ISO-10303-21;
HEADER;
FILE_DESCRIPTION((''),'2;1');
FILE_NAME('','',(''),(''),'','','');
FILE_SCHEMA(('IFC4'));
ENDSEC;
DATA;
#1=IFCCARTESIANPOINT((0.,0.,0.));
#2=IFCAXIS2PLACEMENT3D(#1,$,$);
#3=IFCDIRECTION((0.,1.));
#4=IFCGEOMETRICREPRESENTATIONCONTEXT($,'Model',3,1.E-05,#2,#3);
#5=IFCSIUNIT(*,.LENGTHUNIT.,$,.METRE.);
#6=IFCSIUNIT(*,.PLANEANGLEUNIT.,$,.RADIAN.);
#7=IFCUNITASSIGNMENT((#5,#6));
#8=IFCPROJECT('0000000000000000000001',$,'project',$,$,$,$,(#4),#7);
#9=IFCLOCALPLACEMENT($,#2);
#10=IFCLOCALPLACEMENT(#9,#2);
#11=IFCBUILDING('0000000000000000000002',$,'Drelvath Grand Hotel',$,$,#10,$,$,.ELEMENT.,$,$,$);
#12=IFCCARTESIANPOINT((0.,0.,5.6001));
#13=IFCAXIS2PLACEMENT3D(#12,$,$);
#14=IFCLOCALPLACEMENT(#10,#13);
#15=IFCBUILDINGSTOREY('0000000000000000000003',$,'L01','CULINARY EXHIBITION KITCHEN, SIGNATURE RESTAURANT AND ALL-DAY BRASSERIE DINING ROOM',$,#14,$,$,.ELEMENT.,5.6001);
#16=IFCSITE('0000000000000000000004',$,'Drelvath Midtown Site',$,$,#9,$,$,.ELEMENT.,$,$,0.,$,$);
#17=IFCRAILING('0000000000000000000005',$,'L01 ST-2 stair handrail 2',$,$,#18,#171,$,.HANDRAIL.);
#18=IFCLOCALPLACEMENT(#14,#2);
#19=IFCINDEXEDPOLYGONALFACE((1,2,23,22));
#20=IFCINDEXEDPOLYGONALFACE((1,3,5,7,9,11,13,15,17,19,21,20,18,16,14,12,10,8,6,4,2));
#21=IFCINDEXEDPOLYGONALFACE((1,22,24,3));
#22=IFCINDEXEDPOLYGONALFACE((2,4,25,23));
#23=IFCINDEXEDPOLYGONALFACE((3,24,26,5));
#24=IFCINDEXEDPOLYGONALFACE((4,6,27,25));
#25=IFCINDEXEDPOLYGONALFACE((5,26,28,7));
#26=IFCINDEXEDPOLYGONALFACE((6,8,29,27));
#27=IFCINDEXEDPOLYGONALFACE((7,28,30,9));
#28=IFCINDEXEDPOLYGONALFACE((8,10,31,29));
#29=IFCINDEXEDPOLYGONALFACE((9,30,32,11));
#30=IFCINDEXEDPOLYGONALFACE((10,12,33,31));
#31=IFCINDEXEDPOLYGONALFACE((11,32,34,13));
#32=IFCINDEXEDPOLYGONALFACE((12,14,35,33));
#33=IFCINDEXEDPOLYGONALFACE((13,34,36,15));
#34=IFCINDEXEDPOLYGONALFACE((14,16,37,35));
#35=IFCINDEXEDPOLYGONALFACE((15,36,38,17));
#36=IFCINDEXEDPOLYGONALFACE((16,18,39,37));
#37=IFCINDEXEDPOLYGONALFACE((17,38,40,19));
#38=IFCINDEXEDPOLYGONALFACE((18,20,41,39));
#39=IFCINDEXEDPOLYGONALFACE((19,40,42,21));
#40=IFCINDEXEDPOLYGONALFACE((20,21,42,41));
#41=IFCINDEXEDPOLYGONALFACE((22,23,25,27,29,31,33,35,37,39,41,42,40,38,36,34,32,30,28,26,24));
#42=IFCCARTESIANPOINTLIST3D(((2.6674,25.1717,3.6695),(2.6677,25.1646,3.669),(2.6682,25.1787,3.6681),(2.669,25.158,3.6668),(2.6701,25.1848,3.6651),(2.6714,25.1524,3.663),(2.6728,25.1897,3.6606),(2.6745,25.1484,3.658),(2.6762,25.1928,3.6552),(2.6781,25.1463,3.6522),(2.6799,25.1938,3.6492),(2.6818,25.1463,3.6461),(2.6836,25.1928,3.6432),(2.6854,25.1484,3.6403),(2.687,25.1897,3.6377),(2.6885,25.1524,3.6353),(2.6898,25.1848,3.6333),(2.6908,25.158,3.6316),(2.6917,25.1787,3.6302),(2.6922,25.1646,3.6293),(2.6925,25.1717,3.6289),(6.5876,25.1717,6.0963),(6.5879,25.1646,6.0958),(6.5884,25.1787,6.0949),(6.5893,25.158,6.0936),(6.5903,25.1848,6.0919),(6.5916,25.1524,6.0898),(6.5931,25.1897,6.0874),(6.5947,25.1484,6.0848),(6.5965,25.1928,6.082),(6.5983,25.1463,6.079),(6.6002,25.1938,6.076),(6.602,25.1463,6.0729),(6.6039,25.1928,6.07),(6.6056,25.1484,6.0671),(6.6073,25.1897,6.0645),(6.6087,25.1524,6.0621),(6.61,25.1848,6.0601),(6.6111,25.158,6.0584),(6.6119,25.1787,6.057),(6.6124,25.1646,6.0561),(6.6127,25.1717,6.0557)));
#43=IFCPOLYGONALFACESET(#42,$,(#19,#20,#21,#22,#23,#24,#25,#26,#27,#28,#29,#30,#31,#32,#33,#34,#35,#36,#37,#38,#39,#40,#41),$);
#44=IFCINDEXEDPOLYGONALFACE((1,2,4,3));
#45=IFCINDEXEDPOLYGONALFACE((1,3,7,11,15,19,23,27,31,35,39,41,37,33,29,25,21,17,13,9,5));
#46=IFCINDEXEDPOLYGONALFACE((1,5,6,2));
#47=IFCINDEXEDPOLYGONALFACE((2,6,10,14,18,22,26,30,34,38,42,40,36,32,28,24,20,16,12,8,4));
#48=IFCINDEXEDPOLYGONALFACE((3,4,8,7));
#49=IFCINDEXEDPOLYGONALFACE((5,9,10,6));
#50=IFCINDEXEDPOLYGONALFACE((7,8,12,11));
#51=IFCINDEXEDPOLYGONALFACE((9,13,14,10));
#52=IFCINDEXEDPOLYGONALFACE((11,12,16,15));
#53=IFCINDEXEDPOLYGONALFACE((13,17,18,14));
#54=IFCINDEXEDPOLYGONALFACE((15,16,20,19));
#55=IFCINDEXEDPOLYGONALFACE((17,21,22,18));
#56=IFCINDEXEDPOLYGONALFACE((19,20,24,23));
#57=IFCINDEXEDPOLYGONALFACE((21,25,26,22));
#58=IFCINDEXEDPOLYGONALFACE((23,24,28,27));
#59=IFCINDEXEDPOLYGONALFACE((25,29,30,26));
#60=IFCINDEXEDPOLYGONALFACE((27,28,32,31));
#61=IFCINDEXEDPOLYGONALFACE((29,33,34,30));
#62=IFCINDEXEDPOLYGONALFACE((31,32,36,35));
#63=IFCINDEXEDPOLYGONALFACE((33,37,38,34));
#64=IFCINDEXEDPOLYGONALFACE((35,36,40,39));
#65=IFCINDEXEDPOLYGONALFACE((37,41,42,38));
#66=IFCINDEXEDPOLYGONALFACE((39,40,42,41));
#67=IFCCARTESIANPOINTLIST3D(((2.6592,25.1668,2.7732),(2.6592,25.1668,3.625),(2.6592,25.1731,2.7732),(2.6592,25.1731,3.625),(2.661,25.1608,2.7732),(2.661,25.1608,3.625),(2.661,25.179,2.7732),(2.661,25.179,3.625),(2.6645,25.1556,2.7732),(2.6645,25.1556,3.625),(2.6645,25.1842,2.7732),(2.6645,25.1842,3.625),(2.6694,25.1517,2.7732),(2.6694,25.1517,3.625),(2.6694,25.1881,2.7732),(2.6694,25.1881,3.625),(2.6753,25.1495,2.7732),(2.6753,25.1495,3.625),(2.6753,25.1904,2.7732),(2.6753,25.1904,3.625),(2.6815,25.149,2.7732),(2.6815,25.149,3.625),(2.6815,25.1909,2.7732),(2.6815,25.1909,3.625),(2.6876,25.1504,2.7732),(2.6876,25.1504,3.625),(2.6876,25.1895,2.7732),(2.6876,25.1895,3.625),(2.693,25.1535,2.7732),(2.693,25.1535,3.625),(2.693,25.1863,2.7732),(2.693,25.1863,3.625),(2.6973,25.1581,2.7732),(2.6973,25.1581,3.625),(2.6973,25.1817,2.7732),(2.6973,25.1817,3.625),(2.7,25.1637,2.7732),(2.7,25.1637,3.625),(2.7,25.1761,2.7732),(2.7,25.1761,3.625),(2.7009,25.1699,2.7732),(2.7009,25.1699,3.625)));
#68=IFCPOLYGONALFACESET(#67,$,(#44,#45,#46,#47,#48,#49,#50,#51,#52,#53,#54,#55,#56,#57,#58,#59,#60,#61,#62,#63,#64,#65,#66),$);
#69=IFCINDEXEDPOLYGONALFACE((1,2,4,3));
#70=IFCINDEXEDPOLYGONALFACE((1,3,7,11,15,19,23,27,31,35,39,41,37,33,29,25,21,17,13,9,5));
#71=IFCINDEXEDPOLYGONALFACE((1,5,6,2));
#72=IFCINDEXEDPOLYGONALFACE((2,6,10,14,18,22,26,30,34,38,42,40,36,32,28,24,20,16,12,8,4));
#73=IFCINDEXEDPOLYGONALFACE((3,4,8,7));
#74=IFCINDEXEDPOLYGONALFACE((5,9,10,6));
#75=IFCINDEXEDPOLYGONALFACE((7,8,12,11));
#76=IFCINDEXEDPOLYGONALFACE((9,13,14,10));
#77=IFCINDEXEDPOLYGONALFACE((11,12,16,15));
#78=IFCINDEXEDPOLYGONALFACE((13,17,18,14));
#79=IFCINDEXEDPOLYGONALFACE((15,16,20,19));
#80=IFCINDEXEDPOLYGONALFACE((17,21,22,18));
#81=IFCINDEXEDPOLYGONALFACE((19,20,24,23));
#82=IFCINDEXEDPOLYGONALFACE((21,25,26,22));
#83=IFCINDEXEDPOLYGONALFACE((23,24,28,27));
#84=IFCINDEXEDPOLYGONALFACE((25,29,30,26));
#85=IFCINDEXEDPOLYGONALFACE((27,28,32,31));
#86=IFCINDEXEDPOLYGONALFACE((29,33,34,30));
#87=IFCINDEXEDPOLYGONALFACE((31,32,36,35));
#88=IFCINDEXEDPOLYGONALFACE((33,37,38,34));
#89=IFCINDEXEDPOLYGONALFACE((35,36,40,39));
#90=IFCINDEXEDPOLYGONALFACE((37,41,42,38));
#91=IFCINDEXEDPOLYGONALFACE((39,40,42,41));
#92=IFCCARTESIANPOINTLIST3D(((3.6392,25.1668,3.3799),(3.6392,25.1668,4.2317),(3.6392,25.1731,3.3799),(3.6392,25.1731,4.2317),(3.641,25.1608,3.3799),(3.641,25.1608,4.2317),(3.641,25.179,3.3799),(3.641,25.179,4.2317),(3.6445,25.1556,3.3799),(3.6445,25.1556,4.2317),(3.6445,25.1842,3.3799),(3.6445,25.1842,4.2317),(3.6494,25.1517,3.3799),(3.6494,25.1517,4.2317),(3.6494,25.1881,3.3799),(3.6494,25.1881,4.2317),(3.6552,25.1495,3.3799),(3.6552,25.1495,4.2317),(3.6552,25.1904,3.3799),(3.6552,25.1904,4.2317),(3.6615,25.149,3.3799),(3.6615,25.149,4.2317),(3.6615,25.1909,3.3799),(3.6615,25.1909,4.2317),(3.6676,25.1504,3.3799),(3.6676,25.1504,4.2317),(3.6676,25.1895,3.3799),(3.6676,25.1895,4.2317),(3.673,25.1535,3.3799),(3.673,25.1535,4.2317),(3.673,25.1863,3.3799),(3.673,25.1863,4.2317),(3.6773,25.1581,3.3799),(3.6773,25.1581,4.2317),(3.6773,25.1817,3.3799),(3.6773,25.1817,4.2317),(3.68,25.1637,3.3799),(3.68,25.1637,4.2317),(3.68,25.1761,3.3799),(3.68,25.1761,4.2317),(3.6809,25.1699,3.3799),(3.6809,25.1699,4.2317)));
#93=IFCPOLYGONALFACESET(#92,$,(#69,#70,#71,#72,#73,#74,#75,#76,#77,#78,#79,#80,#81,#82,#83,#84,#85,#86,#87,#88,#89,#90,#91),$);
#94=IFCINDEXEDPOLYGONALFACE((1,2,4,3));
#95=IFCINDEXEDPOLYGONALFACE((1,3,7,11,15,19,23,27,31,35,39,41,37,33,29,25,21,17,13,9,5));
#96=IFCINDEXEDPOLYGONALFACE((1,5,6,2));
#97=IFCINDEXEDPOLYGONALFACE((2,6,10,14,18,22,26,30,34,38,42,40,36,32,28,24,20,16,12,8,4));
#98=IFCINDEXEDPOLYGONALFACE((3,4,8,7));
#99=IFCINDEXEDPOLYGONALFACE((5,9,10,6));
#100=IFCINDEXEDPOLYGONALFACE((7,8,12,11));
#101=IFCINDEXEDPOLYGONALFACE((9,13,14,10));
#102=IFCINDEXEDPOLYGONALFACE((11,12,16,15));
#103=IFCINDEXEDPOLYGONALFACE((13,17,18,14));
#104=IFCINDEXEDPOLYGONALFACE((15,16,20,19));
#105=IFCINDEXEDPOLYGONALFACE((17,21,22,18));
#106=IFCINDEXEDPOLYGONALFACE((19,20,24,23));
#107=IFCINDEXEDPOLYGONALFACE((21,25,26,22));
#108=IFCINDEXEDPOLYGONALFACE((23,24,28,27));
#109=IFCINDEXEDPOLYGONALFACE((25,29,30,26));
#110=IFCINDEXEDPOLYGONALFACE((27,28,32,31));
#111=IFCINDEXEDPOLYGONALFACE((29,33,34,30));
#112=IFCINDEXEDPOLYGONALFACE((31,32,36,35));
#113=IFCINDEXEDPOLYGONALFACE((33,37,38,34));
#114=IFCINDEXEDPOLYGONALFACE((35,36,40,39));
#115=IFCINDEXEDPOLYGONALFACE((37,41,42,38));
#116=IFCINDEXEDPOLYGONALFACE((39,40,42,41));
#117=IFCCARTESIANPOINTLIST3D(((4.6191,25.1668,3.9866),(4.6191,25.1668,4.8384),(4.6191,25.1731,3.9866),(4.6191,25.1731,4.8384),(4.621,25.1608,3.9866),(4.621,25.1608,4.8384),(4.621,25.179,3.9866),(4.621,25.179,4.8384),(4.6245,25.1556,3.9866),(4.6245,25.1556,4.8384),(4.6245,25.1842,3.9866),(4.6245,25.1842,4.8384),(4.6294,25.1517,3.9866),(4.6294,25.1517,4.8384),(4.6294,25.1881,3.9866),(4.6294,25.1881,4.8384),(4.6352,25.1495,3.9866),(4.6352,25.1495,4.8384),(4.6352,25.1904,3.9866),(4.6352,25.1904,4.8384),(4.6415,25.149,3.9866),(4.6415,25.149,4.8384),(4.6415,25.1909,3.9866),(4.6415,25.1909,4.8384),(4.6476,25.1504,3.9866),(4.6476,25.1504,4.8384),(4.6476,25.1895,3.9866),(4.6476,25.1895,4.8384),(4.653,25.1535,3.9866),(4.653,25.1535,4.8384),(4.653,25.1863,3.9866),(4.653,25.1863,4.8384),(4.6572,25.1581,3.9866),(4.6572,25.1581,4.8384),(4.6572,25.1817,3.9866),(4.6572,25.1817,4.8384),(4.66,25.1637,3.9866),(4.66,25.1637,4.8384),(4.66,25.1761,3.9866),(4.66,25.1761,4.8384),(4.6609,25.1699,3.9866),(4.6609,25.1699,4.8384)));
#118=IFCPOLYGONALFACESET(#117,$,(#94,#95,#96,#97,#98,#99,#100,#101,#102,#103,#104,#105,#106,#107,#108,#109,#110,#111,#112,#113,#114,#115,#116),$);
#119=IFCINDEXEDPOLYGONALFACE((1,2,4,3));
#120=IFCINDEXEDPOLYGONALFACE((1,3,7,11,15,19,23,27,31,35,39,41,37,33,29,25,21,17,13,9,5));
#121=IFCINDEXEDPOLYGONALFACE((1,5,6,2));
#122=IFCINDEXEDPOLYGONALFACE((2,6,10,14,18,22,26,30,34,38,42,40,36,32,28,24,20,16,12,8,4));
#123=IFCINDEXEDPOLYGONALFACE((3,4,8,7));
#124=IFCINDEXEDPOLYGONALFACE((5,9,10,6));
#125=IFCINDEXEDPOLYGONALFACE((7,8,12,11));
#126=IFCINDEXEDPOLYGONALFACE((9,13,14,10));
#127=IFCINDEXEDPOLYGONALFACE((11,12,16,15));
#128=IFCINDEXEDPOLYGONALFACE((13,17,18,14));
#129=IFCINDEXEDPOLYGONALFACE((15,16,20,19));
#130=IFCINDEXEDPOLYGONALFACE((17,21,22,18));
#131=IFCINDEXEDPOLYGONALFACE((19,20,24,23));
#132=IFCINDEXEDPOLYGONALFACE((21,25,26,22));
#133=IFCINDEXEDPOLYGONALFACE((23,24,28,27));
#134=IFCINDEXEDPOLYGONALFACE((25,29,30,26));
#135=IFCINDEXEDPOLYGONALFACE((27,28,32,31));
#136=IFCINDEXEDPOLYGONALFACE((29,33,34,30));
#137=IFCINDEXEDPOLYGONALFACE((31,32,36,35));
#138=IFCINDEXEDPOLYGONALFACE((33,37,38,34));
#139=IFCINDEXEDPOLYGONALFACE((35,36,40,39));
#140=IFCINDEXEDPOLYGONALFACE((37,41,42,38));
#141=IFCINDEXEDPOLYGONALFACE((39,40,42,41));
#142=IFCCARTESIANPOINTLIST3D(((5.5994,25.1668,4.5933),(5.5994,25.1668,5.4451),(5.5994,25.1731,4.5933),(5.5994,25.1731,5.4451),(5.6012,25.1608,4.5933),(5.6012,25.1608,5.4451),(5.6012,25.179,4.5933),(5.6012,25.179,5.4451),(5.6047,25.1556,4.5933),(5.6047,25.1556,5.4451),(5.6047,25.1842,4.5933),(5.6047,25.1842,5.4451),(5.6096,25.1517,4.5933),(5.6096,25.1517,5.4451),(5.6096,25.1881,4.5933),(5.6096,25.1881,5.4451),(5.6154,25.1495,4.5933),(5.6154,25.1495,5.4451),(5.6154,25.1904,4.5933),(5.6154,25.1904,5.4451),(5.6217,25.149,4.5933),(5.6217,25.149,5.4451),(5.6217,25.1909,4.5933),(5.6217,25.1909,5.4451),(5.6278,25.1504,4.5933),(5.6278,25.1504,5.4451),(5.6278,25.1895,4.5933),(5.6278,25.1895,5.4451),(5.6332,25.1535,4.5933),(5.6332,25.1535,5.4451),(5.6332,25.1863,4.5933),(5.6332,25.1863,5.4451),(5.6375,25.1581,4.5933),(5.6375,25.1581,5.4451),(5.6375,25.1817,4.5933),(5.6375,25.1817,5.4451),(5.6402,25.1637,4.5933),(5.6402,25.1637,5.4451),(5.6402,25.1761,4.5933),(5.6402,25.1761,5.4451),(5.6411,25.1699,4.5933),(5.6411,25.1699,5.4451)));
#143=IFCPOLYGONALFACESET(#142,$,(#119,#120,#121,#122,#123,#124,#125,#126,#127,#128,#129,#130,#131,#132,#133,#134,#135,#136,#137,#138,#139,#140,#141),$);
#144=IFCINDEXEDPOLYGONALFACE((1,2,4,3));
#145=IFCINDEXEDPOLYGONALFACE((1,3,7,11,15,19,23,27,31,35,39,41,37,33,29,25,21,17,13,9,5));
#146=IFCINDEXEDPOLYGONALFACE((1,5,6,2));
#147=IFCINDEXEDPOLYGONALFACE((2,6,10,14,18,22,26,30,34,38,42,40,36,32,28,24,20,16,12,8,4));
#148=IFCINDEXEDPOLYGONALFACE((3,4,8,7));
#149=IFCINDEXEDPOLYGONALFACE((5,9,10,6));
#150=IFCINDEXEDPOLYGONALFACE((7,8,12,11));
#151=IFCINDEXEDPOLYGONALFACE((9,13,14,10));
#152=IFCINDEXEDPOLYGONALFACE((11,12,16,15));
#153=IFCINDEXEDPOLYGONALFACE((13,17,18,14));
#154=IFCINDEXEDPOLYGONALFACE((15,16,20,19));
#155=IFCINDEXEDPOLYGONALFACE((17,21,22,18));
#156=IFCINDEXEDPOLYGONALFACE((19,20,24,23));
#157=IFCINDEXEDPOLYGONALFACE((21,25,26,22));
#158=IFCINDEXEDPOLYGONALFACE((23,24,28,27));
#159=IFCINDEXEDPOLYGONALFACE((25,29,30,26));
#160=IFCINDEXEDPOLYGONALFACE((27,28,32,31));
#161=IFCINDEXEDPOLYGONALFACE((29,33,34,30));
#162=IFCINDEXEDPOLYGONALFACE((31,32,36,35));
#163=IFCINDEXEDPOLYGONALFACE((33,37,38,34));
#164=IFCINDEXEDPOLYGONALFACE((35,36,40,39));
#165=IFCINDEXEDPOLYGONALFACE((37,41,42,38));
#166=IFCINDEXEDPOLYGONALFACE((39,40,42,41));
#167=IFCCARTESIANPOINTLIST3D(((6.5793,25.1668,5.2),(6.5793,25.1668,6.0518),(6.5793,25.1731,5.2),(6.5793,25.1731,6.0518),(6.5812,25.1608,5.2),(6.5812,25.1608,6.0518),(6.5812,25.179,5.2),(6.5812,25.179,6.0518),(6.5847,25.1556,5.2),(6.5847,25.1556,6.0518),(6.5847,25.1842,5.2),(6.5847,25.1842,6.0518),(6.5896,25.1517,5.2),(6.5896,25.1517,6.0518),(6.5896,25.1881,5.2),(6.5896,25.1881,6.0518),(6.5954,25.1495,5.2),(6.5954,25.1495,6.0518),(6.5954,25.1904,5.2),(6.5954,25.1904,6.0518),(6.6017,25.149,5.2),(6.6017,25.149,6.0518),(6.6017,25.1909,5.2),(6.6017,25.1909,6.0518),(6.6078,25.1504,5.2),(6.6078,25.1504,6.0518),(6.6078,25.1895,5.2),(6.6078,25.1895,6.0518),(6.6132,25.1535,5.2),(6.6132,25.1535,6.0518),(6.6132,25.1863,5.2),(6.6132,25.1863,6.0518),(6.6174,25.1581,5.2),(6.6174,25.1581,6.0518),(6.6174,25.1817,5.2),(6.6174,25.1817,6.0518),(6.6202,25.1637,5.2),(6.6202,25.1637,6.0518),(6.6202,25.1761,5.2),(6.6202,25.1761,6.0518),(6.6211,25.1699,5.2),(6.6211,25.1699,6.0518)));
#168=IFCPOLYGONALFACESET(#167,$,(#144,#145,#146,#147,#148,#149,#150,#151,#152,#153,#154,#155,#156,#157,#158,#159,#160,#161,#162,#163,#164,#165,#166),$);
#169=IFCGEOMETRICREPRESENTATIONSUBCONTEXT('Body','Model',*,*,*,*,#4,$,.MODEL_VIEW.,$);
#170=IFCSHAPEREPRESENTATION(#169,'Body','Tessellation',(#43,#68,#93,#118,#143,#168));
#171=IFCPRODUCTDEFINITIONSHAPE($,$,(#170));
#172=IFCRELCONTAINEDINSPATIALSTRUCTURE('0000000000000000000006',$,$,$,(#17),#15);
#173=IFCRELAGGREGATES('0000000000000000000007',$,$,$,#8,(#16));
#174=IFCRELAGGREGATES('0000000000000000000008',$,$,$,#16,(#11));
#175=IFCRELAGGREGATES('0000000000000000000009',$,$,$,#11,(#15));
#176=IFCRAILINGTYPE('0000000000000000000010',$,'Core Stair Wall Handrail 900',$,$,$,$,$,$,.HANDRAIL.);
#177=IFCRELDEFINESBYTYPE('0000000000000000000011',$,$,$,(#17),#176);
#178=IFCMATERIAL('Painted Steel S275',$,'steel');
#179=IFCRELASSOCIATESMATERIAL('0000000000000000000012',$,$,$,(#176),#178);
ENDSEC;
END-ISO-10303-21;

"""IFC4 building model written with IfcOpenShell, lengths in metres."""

from ifc_helpers import new_model, si_unit, direction, frame, origin, origin_2d, place, context, subcontext, project, spatial, circle, extrude, material, type_object, element, save


model = new_model("IFC4")

# Units and contexts
model_context = context("Model", 3, precision=1e-05, world=origin(), true_north=direction((0.0, 1.0)))
body_context = subcontext(model_context, "Body", "Model", "MODEL_VIEW")
ifc_project = project(units=[si_unit("LENGTHUNIT", "METRE"), si_unit("PLANEANGLEUNIT", "RADIAN")], contexts=[model_context])

# Site, building, storey
site_placement = place(None, origin())
site = spatial("IfcSite", under=ifc_project, at=site_placement, Name="Drelvath Midtown Site", CompositionType="ELEMENT", RefElevation=0.0)
building_placement = place(site_placement, origin())
building = spatial("IfcBuilding", under=site, at=building_placement, Name="Drelvath Grand Hotel", CompositionType="ELEMENT")
storey_placement = place(building_placement, frame((0.0, 0.0, 5.6001)))
storey = spatial("IfcBuildingStorey", under=building, at=storey_placement, Name="L01", Description="CULINARY EXHIBITION KITCHEN, SIGNATURE RESTAURANT AND ALL-DAY BRASSERIE DINING ROOM", CompositionType="ELEMENT", Elevation=5.6001)

# Shared definitions
ifc_material_1 = material(Name="Painted Steel S275", Category="steel")

# Railing
railing_type_1 = type_object("IfcRailingType", Name="Core Stair Wall Handrail 900", PredefinedType="HANDRAIL", material=ifc_material_1)
railing_1_placement = place(storey_placement, frame((2.6799, 25.1699, 2.7732)))
element("IfcRailing", 1, at=railing_1_placement, inside=storey, type_object=railing_type_1, Name="L01 ST-2 stair handrail 2", PredefinedType="HANDRAIL", context=body_context, shape_type="SweptSolid", body=[
    extrude(circle(Radius=0.0239, at=origin_2d()), frame((0.0, 0.0, 0.876), z_axis=(0.850266, 0.0, 0.526353), x_axis=(0.0, 1.0, 0.0)), (0.0, 0.0, 1.0), 4.6106),
    extrude(circle(Radius=0.021, at=origin_2d()), origin(), (0.0, 0.0, 1.0), 0.8518),
    extrude(circle(Radius=0.021, at=origin_2d()), frame((0.98, 0.0, 0.6067)), (0.0, 0.0, 1.0), 0.8518),
    extrude(circle(Radius=0.021, at=origin_2d()), frame((1.96, 0.0, 1.2134)), (0.0, 0.0, 1.0), 0.8518),
    extrude(circle(Radius=0.021, at=origin_2d()), frame((2.9402, 0.0, 1.8201)), (0.0, 0.0, 1.0), 0.8518),
    extrude(circle(Radius=0.021, at=origin_2d()), frame((3.9202, 0.0, 2.4268)), (0.0, 0.0, 1.0), 0.8518),
])

save(model, "model.ifc")
